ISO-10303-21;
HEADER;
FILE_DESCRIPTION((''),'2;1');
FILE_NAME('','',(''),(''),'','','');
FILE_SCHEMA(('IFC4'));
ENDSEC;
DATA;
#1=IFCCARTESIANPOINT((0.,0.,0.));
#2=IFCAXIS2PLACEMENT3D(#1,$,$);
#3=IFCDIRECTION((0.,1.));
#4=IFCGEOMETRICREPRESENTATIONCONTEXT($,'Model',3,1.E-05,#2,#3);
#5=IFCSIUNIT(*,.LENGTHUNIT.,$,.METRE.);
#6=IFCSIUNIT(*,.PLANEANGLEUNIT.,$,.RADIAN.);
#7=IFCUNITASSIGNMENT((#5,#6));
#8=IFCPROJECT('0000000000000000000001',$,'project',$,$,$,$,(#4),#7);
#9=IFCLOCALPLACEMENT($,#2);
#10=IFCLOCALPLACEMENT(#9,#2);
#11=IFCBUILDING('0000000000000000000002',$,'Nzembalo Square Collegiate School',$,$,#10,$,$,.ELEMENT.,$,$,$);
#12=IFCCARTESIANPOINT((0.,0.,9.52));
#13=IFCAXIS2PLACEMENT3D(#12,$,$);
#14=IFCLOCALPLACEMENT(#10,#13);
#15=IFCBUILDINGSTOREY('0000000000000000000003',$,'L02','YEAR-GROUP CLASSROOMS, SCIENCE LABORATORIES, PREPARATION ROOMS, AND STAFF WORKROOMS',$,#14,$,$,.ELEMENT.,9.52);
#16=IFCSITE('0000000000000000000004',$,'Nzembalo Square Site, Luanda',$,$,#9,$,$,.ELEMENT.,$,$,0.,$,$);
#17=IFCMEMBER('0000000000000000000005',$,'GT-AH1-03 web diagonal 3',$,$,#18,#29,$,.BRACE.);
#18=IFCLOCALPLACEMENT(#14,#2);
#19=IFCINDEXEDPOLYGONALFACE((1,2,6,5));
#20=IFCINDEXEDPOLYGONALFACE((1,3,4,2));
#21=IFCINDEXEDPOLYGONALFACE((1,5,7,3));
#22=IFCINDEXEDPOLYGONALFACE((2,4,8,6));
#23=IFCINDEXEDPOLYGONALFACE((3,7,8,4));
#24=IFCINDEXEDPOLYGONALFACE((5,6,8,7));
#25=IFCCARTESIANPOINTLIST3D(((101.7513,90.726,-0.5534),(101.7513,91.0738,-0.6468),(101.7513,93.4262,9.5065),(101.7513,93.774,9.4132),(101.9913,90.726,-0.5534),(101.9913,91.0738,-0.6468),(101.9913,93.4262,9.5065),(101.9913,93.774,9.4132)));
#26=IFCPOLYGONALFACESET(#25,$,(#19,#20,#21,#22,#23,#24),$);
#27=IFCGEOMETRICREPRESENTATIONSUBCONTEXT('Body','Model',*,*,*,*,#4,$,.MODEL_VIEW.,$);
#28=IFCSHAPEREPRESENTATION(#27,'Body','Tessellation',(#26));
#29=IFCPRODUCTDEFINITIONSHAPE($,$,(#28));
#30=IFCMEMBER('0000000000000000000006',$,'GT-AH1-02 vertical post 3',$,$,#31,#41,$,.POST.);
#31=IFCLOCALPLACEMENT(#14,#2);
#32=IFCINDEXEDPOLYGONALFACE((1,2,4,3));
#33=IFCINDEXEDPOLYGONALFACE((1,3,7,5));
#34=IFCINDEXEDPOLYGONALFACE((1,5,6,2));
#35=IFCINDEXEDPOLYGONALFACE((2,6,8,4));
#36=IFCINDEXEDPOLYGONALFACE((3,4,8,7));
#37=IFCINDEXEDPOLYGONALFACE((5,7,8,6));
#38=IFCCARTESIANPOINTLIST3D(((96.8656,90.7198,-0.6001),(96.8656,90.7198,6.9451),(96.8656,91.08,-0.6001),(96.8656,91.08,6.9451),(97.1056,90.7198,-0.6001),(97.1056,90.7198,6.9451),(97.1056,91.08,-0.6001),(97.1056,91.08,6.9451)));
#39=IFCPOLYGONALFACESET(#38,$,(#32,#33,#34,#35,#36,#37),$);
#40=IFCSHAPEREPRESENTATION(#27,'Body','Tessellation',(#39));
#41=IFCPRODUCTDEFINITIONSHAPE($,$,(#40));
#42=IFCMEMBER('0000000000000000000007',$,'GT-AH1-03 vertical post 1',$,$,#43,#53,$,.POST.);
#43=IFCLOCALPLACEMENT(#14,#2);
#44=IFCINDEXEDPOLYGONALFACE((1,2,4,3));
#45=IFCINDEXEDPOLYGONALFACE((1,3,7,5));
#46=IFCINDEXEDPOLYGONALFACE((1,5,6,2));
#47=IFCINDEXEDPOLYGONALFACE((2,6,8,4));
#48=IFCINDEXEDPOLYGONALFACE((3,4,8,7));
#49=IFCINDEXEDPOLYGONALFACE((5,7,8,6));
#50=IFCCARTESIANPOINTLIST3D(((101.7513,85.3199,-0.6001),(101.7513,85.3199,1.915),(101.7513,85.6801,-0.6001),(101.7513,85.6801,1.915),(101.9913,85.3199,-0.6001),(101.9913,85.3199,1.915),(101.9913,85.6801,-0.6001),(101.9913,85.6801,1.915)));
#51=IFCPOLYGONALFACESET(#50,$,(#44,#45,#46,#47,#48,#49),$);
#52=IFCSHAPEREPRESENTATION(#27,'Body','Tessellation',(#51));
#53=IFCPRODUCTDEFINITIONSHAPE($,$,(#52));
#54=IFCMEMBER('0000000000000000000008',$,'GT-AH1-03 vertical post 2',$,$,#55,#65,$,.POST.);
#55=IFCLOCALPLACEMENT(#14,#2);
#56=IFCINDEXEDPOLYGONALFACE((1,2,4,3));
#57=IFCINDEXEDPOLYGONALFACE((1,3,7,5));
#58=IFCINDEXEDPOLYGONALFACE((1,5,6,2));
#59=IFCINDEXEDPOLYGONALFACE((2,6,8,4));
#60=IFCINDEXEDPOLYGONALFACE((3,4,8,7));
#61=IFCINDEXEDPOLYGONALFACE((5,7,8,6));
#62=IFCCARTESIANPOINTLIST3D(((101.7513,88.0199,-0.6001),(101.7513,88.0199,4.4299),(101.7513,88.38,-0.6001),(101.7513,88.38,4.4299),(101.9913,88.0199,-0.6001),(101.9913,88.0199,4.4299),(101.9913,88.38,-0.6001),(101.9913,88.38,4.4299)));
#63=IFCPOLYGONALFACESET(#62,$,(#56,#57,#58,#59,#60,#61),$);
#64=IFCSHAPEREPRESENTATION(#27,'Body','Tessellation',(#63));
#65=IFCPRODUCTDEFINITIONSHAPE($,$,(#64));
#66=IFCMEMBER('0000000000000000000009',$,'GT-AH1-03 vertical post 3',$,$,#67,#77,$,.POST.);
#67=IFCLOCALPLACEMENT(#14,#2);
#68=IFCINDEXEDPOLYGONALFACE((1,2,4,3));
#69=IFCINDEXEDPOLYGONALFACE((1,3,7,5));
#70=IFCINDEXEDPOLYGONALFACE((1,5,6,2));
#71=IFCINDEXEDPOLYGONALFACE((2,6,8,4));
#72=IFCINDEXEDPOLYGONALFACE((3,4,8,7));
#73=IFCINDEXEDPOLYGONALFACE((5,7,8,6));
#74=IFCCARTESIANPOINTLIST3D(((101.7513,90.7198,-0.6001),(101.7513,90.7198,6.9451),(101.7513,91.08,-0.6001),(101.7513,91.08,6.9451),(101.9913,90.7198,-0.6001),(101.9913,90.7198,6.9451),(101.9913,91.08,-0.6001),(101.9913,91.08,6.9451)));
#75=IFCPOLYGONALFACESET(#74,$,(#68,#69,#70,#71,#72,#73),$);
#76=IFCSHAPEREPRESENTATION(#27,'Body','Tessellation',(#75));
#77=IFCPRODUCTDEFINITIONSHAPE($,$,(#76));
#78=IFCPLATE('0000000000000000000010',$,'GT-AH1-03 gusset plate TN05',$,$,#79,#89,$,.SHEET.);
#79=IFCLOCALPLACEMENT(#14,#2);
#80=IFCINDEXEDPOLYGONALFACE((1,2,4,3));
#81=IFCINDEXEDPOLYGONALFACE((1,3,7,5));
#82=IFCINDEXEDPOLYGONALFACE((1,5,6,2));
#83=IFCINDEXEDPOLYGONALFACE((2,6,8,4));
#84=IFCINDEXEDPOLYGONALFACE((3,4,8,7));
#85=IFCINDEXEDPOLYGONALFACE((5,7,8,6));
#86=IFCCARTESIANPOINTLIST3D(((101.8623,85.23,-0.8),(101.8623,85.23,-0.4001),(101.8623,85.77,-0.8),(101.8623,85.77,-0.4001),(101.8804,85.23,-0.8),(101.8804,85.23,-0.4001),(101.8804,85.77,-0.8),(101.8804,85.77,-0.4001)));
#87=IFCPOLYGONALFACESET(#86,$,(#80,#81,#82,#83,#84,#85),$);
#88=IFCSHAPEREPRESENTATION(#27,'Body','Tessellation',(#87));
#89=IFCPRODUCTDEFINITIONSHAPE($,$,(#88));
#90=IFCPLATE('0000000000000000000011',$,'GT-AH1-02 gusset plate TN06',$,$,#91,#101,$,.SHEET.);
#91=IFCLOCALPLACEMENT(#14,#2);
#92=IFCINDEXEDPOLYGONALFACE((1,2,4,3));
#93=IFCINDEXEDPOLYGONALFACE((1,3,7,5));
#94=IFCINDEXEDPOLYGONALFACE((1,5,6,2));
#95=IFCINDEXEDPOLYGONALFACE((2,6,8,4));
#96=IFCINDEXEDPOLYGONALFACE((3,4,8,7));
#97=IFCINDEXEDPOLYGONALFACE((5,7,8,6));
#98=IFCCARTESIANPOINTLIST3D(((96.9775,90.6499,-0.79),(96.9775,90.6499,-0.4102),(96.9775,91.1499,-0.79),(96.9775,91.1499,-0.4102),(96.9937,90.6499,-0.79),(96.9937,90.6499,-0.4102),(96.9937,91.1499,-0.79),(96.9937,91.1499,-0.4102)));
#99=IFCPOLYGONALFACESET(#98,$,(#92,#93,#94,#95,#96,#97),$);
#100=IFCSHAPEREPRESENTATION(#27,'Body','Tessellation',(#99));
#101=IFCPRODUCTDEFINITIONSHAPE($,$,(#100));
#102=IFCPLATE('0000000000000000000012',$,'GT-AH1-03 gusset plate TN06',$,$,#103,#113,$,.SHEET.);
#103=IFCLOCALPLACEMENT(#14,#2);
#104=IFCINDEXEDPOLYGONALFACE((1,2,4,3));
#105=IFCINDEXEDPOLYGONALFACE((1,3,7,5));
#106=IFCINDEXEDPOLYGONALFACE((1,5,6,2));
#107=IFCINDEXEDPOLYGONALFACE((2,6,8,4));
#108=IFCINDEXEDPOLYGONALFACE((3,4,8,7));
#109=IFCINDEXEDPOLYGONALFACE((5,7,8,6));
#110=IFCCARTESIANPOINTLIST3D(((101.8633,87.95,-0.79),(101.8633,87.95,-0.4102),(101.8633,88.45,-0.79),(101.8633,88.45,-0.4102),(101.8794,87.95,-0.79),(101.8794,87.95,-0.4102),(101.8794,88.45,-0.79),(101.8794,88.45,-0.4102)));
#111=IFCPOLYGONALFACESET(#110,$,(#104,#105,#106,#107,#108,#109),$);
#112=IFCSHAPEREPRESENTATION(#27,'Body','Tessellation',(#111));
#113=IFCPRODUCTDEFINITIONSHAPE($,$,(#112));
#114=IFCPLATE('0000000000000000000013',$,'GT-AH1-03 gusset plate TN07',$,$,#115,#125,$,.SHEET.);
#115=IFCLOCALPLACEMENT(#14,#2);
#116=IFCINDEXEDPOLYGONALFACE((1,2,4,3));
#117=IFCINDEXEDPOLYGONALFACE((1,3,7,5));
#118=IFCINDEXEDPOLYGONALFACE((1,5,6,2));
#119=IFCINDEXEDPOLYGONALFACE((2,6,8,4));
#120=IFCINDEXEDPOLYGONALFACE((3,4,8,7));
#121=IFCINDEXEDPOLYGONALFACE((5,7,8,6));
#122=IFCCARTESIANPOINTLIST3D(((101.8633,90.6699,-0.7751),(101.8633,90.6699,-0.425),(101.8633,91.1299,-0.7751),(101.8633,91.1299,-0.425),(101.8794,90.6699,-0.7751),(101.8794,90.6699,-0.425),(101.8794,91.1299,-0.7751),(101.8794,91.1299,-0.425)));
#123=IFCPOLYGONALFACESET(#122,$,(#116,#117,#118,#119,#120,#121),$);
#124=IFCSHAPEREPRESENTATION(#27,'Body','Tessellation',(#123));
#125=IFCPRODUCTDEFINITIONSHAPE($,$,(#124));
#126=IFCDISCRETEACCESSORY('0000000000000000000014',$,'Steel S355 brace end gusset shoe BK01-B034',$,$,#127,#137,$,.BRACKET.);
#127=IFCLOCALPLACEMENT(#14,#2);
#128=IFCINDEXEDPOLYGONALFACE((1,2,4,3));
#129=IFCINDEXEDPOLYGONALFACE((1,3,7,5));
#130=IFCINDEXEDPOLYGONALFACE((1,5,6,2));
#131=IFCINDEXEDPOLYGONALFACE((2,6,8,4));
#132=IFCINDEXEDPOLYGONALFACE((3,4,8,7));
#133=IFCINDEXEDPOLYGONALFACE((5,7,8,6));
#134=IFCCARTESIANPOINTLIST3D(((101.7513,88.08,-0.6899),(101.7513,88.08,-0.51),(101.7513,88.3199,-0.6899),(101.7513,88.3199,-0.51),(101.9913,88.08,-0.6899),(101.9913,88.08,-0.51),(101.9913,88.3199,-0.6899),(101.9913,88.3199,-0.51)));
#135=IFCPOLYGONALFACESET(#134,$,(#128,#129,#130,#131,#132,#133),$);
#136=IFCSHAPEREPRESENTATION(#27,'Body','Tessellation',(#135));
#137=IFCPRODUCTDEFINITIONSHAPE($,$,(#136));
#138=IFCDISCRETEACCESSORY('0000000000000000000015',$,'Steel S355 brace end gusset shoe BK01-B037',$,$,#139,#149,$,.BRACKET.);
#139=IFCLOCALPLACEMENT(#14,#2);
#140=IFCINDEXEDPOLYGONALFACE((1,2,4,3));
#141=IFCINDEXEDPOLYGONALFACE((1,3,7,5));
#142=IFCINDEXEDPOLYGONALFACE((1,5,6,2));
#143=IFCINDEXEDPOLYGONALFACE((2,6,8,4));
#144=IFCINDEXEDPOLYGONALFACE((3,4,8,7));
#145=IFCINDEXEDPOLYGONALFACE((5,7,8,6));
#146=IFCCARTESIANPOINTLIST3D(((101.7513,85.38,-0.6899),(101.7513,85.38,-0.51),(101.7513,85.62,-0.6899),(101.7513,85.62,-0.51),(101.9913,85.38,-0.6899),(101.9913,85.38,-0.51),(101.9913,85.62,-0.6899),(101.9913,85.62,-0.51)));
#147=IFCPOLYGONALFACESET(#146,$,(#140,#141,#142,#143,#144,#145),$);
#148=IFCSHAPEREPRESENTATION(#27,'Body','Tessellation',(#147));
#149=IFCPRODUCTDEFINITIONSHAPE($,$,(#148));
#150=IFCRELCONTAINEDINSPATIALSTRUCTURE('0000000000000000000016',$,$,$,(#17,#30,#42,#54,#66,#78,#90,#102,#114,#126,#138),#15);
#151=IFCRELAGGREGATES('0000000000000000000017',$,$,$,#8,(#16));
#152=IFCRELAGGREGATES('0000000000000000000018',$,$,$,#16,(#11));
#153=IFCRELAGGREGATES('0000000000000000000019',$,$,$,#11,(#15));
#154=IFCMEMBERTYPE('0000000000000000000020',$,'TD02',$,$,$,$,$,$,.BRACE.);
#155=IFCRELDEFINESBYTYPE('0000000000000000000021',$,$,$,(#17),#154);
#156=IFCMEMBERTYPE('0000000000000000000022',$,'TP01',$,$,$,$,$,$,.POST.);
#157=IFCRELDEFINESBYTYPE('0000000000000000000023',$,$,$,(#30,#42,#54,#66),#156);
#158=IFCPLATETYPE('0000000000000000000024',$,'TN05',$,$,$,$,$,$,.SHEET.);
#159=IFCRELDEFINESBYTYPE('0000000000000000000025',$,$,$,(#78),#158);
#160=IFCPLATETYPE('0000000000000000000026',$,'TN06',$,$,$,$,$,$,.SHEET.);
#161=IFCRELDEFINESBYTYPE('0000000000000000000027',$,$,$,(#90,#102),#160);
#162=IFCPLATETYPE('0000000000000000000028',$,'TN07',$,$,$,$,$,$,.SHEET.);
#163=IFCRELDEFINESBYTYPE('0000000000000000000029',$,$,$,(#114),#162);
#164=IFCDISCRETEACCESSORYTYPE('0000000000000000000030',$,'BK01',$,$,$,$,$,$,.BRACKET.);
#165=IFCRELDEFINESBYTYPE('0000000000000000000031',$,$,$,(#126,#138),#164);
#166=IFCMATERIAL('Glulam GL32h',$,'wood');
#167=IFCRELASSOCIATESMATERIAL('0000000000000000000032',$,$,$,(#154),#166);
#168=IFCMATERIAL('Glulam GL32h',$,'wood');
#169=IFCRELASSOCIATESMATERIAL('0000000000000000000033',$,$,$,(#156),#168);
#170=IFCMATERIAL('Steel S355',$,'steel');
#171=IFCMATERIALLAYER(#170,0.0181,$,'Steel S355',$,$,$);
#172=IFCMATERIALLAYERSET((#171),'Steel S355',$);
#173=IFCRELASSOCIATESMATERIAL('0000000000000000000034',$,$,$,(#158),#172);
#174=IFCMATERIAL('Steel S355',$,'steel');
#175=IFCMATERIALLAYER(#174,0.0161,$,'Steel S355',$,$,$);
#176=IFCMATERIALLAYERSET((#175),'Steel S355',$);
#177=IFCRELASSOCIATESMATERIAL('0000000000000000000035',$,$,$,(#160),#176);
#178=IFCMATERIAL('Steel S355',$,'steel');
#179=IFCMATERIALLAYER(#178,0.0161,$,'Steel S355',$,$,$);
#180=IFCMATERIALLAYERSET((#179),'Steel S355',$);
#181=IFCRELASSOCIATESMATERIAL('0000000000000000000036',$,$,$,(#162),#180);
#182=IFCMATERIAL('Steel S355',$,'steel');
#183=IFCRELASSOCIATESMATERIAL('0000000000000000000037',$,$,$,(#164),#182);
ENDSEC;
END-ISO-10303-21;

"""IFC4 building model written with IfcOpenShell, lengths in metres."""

from ifc_helpers import new_model, si_unit, direction, frame, origin, origin_2d, place, context, subcontext, project, spatial, rectangle, extrude, material, layer, layer_set, material_profile, profile_set, type_object, element, save


model = new_model("IFC4")

# Units and contexts
model_context = context("Model", 3, precision=1e-05, world=origin(), true_north=direction((0.0, 1.0)))
body_context = subcontext(model_context, "Body", "Model", "MODEL_VIEW")
ifc_project = project(units=[si_unit("LENGTHUNIT", "METRE"), si_unit("PLANEANGLEUNIT", "RADIAN")], contexts=[model_context])

# Site, building, storey
site_placement = place(None, origin())
site = spatial("IfcSite", under=ifc_project, at=site_placement, Name="Nzembalo Square Site, Luanda", CompositionType="ELEMENT", RefElevation=0.0)
building_placement = place(site_placement, origin())
building = spatial("IfcBuilding", under=site, at=building_placement, Name="Nzembalo Square Collegiate School", CompositionType="ELEMENT")
storey_placement = place(building_placement, frame((0.0, 0.0, 9.52)))
storey = spatial("IfcBuildingStorey", under=building, at=storey_placement, Name="L02", Description="YEAR-GROUP CLASSROOMS, SCIENCE LABORATORIES, PREPARATION ROOMS, AND STAFF WORKROOMS", CompositionType="ELEMENT", Elevation=9.52)

# Members
ifc_material_1 = material(Name="Glulam GL32h", Category="wood")
ifc_material_profile_1 = material_profile(ifc_material_1, rectangle(XDim=0.24, YDim=0.3601, at=origin_2d()), Name="GL32h 240x360")
ifc_profile_set_1 = profile_set([ifc_material_profile_1], Name="Glulam GL32h")
member_type_1 = type_object("IfcMemberType", Name="TD02", PredefinedType="BRACE", material=ifc_profile_set_1)
member_1_placement = place(storey_placement, frame((101.8713, 90.8999, -0.6001), z_axis=(0.0, 0.259232, 0.965815), x_axis=(-1.0, 0.0, 0.0)))
element("IfcMember", 1, at=member_1_placement, inside=storey, type_object=member_type_1, Name="GT-AH1-03 web diagonal 3", PredefinedType="BRACE", context=body_context, shape_type="SweptSolid", body=[
    extrude(rectangle(XDim=0.24, YDim=0.3601, at=origin_2d()), origin(), (0.0, 0.0, 1.0), 10.416),
])
ifc_material_2 = material(Name="Glulam GL32h", Category="wood")
ifc_material_profile_2 = material_profile(ifc_material_2, rectangle(XDim=0.24, YDim=0.3601, at=origin_2d()), Name="GL32h 240x360")
ifc_profile_set_2 = profile_set([ifc_material_profile_2], Name="Glulam GL32h")
member_type_2 = type_object("IfcMemberType", Name="TP01", PredefinedType="POST", material=ifc_profile_set_2)
member_2_placement = place(storey_placement, frame((96.9856, 90.8999, -0.6001), z_axis=(0.0, 0.0, 1.0), x_axis=(1.0, 0.0, 0.0)))
element("IfcMember", 2, at=member_2_placement, inside=storey, type_object=member_type_2, Name="GT-AH1-02 vertical post 3", PredefinedType="POST", context=body_context, shape_type="SweptSolid", body=[
    extrude(rectangle(XDim=0.24, YDim=0.3601, at=origin_2d()), origin(), (0.0, 0.0, 1.0), 7.5452),
])
member_3_placement = place(storey_placement, frame((101.8713, 85.5, -0.6001), z_axis=(0.0, 0.0, 1.0), x_axis=(1.0, 0.0, 0.0)))
element("IfcMember", 3, at=member_3_placement, inside=storey, type_object=member_type_2, Name="GT-AH1-03 vertical post 1", PredefinedType="POST", context=body_context, shape_type="SweptSolid", body=[
    extrude(rectangle(XDim=0.24, YDim=0.3601, at=origin_2d()), origin(), (0.0, 0.0, 1.0), 2.5151),
])
member_4_placement = place(storey_placement, frame((101.8713, 88.2, -0.6001), z_axis=(0.0, 0.0, 1.0), x_axis=(1.0, 0.0, 0.0)))
element("IfcMember", 4, at=member_4_placement, inside=storey, type_object=member_type_2, Name="GT-AH1-03 vertical post 2", PredefinedType="POST", context=body_context, shape_type="SweptSolid", body=[
    extrude(rectangle(XDim=0.24, YDim=0.3601, at=origin_2d()), origin(), (0.0, 0.0, 1.0), 5.03),
])
member_5_placement = place(storey_placement, frame((101.8713, 90.8999, -0.6001), z_axis=(0.0, 0.0, 1.0), x_axis=(1.0, 0.0, 0.0)))
element("IfcMember", 5, at=member_5_placement, inside=storey, type_object=member_type_2, Name="GT-AH1-03 vertical post 3", PredefinedType="POST", context=body_context, shape_type="SweptSolid", body=[
    extrude(rectangle(XDim=0.24, YDim=0.3601, at=origin_2d()), origin(), (0.0, 0.0, 1.0), 7.5452),
])

# Plates
ifc_material_3 = material(Name="Steel S355", Category="steel")
ifc_layer_1 = layer(ifc_material_3, 0.0181, Name="Steel S355")
ifc_layer_set_1 = layer_set([ifc_layer_1], Name="Steel S355")
plate_type_1 = type_object("IfcPlateType", Name="TN05", PredefinedType="SHEET", material=ifc_layer_set_1)
plate_1_placement = place(storey_placement, frame((101.8713, 85.5, -0.8), z_axis=(0.0, 0.0, 1.0), x_axis=(0.0, 1.0, 0.0)))
element("IfcPlate", 6, at=plate_1_placement, inside=storey, type_object=plate_type_1, Name="GT-AH1-03 gusset plate TN05", PredefinedType="SHEET", context=body_context, shape_type="SweptSolid", body=[
    extrude(rectangle(XDim=0.54, YDim=0.0181, at=origin_2d()), origin(), (0.0, 0.0, 1.0), 0.3999),
])
ifc_material_4 = material(Name="Steel S355", Category="steel")
ifc_layer_2 = layer(ifc_material_4, 0.0161, Name="Steel S355")
ifc_layer_set_2 = layer_set([ifc_layer_2], Name="Steel S355")
plate_type_2 = type_object("IfcPlateType", Name="TN06", PredefinedType="SHEET", material=ifc_layer_set_2)
for number, where, z_axis, x_axis, name in (
    (7, (96.9856, 90.8999, -0.79), (0.0, 0.0, 1.0), (0.0, 1.0, 0.0), "GT-AH1-02 gusset plate TN06"),
    (8, (101.8713, 88.2, -0.79), (0.0, 0.0, 1.0), (0.0, 1.0, 0.0), "GT-AH1-03 gusset plate TN06"),
):
    element("IfcPlate", number, at=place(storey_placement, frame(where, z_axis=z_axis, x_axis=x_axis)), inside=storey, type_object=plate_type_2, Name=name, PredefinedType="SHEET", context=body_context, shape_type="SweptSolid", body=[
        extrude(rectangle(XDim=0.5, YDim=0.0161, at=origin_2d()), origin(), (0.0, 0.0, 1.0), 0.3799),
    ])
ifc_material_5 = material(Name="Steel S355", Category="steel")
ifc_layer_3 = layer(ifc_material_5, 0.0161, Name="Steel S355")
ifc_layer_set_3 = layer_set([ifc_layer_3], Name="Steel S355")
plate_type_3 = type_object("IfcPlateType", Name="TN07", PredefinedType="SHEET", material=ifc_layer_set_3)
plate_2_placement = place(storey_placement, frame((101.8713, 90.8999, -0.7751), z_axis=(0.0, 0.0, 1.0), x_axis=(0.0, 1.0, 0.0)))
element("IfcPlate", 9, at=plate_2_placement, inside=storey, type_object=plate_type_3, Name="GT-AH1-03 gusset plate TN07", PredefinedType="SHEET", context=body_context, shape_type="SweptSolid", body=[
    extrude(rectangle(XDim=0.46, YDim=0.0161, at=origin_2d()), origin(), (0.0, 0.0, 1.0), 0.3501),
])

# Discrete accessories
ifc_material_6 = material(Name="Steel S355", Category="steel")
discrete_accessory_type = type_object("IfcDiscreteAccessoryType", Name="BK01", PredefinedType="BRACKET", material=ifc_material_6)
for number, where, z_axis, x_axis, name in (
    (10, (101.8713, 88.2, -0.6899), (0.0, 0.0, 1.0), (1.0, 0.0, 0.0), "Steel S355 brace end gusset shoe BK01-B034"),
    (11, (101.8713, 85.5, -0.6899), (0.0, 0.0, 1.0), (1.0, 0.0, 0.0), "Steel S355 brace end gusset shoe BK01-B037"),
):
    element("IfcDiscreteAccessory", number, at=place(storey_placement, frame(where, z_axis=z_axis, x_axis=x_axis)), inside=storey, type_object=discrete_accessory_type, Name=name, PredefinedType="BRACKET", context=body_context, shape_type="SweptSolid", body=[
        extrude(rectangle(XDim=0.24, YDim=0.24, at=origin_2d()), origin(), (0.0, 0.0, 1.0), 0.1799),
    ])

save(model, "model.ifc")
